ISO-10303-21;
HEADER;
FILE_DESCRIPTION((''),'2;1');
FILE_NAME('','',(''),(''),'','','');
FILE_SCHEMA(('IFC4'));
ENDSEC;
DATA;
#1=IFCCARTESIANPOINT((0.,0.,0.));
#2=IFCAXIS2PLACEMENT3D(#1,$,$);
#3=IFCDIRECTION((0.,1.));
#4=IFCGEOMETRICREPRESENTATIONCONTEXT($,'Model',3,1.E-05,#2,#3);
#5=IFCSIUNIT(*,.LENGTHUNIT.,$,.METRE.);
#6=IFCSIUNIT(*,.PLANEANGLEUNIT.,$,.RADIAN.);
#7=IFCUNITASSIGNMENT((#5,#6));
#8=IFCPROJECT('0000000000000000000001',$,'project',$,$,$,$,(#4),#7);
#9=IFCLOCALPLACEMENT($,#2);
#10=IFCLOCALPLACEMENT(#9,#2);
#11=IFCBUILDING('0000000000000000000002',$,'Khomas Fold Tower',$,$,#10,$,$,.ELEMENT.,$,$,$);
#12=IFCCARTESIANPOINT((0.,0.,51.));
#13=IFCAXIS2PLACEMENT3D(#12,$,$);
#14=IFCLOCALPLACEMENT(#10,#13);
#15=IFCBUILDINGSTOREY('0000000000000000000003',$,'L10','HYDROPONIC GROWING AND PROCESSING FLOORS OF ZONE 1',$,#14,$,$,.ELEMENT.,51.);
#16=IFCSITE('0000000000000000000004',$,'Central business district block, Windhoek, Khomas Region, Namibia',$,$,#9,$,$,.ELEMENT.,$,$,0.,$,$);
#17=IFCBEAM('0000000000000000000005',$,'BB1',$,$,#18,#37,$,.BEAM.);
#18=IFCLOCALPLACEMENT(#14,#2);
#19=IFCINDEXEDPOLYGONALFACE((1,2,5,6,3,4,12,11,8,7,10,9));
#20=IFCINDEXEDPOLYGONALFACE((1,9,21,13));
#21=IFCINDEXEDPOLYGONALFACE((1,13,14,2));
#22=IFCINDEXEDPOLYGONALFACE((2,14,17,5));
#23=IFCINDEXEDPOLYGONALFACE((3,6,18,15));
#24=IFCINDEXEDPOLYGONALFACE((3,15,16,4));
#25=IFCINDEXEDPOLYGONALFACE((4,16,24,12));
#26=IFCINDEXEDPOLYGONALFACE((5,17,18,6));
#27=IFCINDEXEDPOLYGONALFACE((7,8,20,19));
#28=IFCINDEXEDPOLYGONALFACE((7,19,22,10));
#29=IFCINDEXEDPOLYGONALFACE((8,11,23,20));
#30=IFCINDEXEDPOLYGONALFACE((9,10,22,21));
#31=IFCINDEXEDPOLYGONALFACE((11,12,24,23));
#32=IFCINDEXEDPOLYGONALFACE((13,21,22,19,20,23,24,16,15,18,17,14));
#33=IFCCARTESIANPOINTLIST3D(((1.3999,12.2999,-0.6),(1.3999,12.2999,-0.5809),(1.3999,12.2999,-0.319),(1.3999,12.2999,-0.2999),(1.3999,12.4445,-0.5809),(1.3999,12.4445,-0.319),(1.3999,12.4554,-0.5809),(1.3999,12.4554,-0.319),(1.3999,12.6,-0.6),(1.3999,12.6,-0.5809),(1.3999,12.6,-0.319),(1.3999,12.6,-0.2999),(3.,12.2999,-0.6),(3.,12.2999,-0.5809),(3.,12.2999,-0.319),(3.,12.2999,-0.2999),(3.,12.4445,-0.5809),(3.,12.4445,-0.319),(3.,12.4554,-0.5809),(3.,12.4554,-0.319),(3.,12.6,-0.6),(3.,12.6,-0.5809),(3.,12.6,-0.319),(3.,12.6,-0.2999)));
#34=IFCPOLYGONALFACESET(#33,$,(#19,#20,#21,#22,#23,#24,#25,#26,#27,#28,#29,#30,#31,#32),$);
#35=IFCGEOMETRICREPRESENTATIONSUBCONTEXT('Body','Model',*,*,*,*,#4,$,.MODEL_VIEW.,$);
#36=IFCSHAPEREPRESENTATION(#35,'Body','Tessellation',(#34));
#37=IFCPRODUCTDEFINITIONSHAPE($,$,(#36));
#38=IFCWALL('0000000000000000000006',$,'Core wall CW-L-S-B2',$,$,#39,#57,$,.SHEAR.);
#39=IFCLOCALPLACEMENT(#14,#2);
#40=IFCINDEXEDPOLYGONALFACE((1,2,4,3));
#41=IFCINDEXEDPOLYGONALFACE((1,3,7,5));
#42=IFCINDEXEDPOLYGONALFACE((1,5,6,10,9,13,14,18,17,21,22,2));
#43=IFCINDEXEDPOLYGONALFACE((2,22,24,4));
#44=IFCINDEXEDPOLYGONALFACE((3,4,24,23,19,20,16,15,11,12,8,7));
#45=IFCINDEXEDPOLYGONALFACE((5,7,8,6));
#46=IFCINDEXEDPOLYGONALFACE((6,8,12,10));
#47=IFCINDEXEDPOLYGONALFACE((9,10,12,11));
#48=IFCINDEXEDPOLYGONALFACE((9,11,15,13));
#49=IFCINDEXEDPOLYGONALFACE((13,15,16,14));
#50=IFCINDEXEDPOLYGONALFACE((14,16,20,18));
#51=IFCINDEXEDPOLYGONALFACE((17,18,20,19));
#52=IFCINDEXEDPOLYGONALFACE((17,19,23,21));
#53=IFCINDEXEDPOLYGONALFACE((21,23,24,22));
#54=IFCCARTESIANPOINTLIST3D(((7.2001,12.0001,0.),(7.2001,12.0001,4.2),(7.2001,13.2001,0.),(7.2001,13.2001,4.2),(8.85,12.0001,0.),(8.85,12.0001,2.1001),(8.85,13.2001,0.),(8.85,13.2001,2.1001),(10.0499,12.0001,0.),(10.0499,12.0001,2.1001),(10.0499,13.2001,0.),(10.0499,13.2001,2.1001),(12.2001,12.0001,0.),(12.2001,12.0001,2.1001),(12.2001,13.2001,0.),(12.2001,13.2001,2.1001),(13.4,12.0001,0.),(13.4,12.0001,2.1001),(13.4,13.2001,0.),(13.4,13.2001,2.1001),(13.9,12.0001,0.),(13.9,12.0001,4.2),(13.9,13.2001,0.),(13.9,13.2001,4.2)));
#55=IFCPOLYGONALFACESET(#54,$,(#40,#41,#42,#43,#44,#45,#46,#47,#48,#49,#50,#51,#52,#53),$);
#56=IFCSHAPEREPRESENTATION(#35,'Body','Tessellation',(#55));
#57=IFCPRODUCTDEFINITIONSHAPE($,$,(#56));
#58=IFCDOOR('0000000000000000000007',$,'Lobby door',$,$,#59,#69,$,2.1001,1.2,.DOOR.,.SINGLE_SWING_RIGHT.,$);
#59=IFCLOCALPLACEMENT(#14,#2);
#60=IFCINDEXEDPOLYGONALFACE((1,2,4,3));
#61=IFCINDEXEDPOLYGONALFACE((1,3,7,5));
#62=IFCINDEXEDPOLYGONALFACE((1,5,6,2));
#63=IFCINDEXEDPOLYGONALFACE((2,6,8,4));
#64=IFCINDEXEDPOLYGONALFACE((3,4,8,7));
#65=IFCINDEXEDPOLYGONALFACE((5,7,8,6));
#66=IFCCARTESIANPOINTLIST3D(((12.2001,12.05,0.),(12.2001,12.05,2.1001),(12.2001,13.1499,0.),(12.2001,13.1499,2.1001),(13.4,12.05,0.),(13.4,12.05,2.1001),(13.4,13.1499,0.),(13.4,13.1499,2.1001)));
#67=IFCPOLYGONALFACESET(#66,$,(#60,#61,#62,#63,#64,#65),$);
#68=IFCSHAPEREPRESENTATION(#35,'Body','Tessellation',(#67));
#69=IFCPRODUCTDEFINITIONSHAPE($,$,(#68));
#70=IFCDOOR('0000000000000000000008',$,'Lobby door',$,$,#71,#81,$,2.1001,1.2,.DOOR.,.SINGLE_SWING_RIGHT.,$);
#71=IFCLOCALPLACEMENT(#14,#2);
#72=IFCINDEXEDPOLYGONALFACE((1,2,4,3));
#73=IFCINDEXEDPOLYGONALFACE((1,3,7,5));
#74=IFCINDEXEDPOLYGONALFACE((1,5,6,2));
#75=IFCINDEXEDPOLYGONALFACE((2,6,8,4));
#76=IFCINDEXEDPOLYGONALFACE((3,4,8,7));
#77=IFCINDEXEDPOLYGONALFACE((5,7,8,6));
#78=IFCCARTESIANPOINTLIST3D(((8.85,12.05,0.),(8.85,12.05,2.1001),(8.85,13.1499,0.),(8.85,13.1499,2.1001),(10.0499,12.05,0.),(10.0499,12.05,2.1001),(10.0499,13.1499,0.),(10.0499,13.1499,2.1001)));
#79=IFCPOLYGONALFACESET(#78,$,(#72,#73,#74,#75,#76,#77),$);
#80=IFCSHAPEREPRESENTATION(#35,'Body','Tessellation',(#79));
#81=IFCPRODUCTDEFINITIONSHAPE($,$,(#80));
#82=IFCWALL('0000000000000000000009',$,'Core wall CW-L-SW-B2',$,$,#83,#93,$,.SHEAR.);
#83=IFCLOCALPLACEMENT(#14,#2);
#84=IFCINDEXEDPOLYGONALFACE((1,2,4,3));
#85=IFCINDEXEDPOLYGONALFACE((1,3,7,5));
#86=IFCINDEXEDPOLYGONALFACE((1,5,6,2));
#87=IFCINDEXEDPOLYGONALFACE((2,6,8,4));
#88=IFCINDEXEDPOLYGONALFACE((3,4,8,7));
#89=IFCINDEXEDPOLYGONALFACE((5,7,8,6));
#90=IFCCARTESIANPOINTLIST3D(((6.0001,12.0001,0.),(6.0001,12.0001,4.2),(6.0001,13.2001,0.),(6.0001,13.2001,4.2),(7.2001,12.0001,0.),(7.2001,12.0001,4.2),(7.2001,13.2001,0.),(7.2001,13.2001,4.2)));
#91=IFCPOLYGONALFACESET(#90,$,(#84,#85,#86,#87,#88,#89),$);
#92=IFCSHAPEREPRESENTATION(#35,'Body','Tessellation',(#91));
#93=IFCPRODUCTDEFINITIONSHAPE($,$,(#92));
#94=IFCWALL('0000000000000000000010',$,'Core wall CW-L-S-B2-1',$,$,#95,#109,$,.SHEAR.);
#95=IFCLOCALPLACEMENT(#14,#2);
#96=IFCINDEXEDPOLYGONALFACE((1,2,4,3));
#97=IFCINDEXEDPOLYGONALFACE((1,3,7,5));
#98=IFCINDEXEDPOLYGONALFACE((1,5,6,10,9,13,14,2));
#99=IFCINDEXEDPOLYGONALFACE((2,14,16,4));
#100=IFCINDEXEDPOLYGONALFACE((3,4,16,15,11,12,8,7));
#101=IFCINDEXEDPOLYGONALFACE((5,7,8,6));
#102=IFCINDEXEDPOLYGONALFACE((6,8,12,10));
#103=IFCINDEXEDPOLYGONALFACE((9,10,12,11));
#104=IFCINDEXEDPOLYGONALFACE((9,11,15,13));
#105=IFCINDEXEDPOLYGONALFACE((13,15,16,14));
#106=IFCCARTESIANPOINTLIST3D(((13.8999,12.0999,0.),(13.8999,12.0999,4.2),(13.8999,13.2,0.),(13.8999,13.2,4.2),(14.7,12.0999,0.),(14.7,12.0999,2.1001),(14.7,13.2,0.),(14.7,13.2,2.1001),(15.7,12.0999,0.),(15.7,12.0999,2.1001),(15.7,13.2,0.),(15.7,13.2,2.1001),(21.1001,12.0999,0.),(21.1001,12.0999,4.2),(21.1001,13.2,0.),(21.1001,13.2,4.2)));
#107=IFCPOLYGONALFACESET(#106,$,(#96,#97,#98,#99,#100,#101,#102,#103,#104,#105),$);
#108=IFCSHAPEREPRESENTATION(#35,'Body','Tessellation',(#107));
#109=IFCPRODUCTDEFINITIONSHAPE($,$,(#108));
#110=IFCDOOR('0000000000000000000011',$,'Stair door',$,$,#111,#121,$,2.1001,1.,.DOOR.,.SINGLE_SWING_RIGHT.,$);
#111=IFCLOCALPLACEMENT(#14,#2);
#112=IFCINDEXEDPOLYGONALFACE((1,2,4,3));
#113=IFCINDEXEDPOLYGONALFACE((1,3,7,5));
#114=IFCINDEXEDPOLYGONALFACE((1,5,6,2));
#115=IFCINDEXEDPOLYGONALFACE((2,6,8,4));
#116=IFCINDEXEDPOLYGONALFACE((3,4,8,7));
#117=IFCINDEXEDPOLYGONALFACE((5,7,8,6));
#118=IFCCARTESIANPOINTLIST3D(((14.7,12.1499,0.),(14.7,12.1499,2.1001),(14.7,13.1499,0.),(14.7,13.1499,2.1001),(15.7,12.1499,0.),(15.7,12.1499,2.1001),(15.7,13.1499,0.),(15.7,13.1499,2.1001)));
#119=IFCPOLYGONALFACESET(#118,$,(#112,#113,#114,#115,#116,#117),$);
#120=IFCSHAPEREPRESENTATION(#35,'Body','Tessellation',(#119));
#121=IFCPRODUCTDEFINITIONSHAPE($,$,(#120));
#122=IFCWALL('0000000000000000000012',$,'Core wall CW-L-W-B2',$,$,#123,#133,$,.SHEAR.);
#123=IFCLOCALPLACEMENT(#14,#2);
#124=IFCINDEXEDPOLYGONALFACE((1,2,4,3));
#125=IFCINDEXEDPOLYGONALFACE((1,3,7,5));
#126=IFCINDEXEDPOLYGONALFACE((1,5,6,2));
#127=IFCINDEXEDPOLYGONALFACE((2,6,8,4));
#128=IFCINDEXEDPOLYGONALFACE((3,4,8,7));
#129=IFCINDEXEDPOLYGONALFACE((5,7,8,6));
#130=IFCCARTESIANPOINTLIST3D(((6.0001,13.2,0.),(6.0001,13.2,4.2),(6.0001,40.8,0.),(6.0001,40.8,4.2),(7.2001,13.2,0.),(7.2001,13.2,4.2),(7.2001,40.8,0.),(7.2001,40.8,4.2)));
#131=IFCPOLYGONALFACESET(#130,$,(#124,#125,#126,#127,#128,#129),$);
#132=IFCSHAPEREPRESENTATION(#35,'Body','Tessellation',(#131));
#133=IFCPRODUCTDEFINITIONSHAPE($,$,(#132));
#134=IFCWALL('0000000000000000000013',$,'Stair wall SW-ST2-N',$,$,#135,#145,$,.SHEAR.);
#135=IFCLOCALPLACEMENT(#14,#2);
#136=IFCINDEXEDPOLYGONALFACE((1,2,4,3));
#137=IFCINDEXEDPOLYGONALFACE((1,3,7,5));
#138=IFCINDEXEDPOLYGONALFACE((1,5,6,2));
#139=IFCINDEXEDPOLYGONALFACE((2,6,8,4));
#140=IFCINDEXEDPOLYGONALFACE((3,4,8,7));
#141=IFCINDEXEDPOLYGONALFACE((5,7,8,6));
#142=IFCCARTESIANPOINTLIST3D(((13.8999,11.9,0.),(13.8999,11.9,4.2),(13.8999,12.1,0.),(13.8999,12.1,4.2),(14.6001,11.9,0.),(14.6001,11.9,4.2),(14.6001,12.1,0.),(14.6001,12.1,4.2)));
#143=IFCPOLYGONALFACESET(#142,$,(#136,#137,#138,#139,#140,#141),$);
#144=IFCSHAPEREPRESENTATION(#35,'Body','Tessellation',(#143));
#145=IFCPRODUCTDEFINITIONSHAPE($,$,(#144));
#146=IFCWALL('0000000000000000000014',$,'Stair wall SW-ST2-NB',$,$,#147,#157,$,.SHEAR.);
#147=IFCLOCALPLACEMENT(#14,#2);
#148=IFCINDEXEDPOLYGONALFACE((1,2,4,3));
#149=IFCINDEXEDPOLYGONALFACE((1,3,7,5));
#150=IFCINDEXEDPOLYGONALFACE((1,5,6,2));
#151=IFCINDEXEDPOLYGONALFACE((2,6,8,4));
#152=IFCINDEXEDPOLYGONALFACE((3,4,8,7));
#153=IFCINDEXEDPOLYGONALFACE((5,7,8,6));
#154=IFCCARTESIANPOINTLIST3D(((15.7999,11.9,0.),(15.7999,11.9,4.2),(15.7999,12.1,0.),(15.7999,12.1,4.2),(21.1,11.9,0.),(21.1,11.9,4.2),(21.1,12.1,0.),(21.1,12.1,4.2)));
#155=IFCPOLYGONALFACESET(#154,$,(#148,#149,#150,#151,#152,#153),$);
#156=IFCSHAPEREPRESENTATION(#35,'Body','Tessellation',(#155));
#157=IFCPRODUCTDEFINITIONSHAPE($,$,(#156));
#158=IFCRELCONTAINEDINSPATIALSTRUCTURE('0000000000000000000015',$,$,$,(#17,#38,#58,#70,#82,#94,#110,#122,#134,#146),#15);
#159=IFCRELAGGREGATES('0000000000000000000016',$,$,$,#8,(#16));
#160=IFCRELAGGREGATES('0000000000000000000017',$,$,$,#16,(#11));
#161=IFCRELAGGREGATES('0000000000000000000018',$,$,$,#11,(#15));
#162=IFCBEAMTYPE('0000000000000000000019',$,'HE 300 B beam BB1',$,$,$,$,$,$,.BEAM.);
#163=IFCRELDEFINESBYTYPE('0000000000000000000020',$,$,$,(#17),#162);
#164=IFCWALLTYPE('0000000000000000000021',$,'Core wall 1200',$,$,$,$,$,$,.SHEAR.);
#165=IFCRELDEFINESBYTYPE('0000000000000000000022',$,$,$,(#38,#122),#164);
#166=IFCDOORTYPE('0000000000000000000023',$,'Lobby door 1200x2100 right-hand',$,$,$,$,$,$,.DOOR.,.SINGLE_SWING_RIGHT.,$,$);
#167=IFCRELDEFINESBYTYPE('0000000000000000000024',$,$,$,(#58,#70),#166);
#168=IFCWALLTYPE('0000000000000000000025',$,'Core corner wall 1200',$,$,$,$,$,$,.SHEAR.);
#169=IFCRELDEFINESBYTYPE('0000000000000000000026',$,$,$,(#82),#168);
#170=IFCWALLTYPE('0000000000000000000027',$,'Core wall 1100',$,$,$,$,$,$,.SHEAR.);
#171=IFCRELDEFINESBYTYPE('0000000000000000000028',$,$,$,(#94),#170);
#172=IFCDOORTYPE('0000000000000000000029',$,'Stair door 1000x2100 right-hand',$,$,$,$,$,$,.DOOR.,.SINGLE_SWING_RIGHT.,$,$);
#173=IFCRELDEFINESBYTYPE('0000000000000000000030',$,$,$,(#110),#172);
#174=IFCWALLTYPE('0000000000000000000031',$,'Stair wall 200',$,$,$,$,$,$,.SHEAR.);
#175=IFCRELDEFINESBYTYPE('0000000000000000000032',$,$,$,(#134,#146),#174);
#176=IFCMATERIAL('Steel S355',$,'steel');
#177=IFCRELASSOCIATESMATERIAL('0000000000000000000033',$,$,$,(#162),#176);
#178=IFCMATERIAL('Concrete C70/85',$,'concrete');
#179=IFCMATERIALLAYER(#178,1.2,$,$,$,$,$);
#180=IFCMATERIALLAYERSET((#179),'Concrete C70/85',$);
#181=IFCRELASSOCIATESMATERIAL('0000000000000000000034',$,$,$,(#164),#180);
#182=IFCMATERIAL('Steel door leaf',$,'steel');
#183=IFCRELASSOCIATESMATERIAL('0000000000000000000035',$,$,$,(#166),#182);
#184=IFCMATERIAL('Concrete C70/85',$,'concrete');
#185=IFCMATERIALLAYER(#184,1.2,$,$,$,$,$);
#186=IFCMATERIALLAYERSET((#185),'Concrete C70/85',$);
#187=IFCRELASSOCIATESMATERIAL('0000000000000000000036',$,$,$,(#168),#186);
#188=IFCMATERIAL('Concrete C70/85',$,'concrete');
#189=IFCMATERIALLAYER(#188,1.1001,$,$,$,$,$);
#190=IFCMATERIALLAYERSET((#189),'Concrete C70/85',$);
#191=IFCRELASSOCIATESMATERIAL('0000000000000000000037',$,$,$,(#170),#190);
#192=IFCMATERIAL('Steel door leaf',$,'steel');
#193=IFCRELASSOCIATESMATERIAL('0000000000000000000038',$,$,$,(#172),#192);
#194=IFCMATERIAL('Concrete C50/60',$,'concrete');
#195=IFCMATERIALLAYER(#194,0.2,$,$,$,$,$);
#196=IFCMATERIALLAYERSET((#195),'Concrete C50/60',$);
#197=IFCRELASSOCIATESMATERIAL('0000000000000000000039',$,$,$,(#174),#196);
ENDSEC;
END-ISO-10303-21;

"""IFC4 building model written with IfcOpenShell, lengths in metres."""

from ifc_helpers import new_model, si_unit, direction, frame, frame_2d, origin, origin_2d, place, context, subcontext, project, spatial, rectangle, i_section, extrude, source, transform, mapped, material, layer, layer_set, material_profile, profile_set, type_object, element, fill, save


model = new_model("IFC4")

# Units and contexts
model_context = context("Model", 3, precision=1e-05, world=origin(), true_north=direction((0.0, 1.0)))
body_context = subcontext(model_context, "Body", "Model", "MODEL_VIEW")
ifc_project = project(units=[si_unit("LENGTHUNIT", "METRE"), si_unit("PLANEANGLEUNIT", "RADIAN")], contexts=[model_context])

# Site, building, storey
site_placement = place(None, origin())
site = spatial("IfcSite", under=ifc_project, at=site_placement, Name="Central business district block, Windhoek, Khomas Region, Namibia", CompositionType="ELEMENT", RefElevation=0.0)
building_placement = place(site_placement, origin())
building = spatial("IfcBuilding", under=site, at=building_placement, Name="Khomas Fold Tower", CompositionType="ELEMENT")
storey_placement = place(building_placement, frame((0.0, 0.0, 51.0)))
storey = spatial("IfcBuildingStorey", under=building, at=storey_placement, Name="L10", Description="HYDROPONIC GROWING AND PROCESSING FLOORS OF ZONE 1", CompositionType="ELEMENT", Elevation=51.0)

# Beam
ifc_material_1 = material(Name="Steel S355", Category="steel")
ifc_material_profile = material_profile(ifc_material_1, i_section(OverallWidth=0.3, OverallDepth=0.3, WebThickness=0.011, FlangeThickness=0.019, at=origin_2d()), Name="HE 300 B")
ifc_profile_set = profile_set([ifc_material_profile], Name="Steel S355")
beam_type = type_object("IfcBeamType", Name="HE 300 B beam BB1", PredefinedType="BEAM", material=ifc_profile_set)
shared_shape_1 = source(origin(), body_context, "Body", "SweptSolid", [
    extrude(i_section(OverallWidth=0.3, OverallDepth=0.3, WebThickness=0.011, FlangeThickness=0.019, at=origin_2d()), origin(), (0.0, 0.0, 1.0), 1.6001),
])
beam_placement = place(storey_placement, frame((1.3999, 12.45, -0.45), z_axis=(1.0, 0.0, 0.0), x_axis=(0.0, 1.0, 0.0)))
element("IfcBeam", 1, at=beam_placement, inside=storey, type_object=beam_type, Name="BB1", PredefinedType="BEAM", context=body_context, shape_type="MappedRepresentation", body=[
    mapped(shared_shape_1, transform((0.0, 0.0, 0.0))),
])

# Wall, openings, doors
ifc_material_2 = material(Name="Concrete C70/85", Category="concrete")
ifc_layer_1 = layer(ifc_material_2, 1.2)
ifc_layer_set_1 = layer_set([ifc_layer_1], Name="Concrete C70/85")
wall_type_1 = type_object("IfcWallType", Name="Core wall 1200", PredefinedType="SHEAR", material=ifc_layer_set_1)
shared_shape_2 = source(origin(), body_context, "Body", "SweptSolid", [
    extrude(rectangle(XDim=6.7, YDim=1.2, at=frame_2d((3.3501, 0.0))), origin(), (0.0, 0.0, 1.0), 4.2),
])
wall_1_placement = place(storey_placement, frame((7.2, 12.6001, 0.0), z_axis=(0.0, 0.0, 1.0), x_axis=(1.0, 0.0, 0.0)))
wall_1 = element("IfcWall", 2, at=wall_1_placement, inside=storey, type_object=wall_type_1, Name="Core wall CW-L-S-B2", PredefinedType="SHEAR", context=body_context, shape_type="MappedRepresentation", body=[
    mapped(shared_shape_2, transform((0.0, 0.0, 0.0))),
])
shared_shape_3 = source(origin(), body_context, "Body", "SweptSolid", [
    extrude(rectangle(XDim=1.2, YDim=2.1001, at=frame_2d((0.6001, 1.05))), frame((0.0, 0.6099, 0.0), z_axis=(0.0, -1.0, 0.0), x_axis=(1.0, 0.0, 0.0)), (0.0, 0.0, 1.0), 1.22),
])
opening_1_placement = place(wall_1_placement, frame((5.0, 0.0, 0.0)))
opening_1 = element("IfcOpeningElement", 3, at=opening_1_placement, cuts=wall_1, PredefinedType="OPENING", context=body_context, shape_type="MappedRepresentation", body=[
    mapped(shared_shape_3, transform((0.0, 0.0, 0.0))),
])
opening_2_placement = place(wall_1_placement, frame((1.6499, 0.0, 0.0)))
opening_2 = element("IfcOpeningElement", 4, at=opening_2_placement, cuts=wall_1, PredefinedType="OPENING", context=body_context, shape_type="MappedRepresentation", body=[
    mapped(shared_shape_3, transform((0.0, 0.0, 0.0))),
])
ifc_material_3 = material(Name="Steel door leaf", Category="steel")
door_type_1 = type_object("IfcDoorType", Name="Lobby door 1200x2100 right-hand", OperationType="SINGLE_SWING_RIGHT", PredefinedType="DOOR", material=ifc_material_3)
shared_shape_4 = source(origin(), body_context, "Body", "SweptSolid", [
    extrude(rectangle(XDim=1.2, YDim=2.1001, at=frame_2d((0.6001, 1.05))), frame((0.0, 0.5498, 0.0), z_axis=(0.0, -1.0, 0.0), x_axis=(1.0, 0.0, 0.0)), (0.0, 0.0, 1.0), 1.0999),
])
door_1_placement = place(opening_1_placement, origin())
door_1 = element("IfcDoor", 5, at=door_1_placement, inside=storey, type_object=door_type_1, Name="Lobby door", OperationType="SINGLE_SWING_RIGHT", OverallHeight=2.1001, OverallWidth=1.2, PredefinedType="DOOR", context=body_context, shape_type="MappedRepresentation", body=[
    mapped(shared_shape_4, transform((0.0, 0.0, 0.0))),
])
fill(opening_1, door_1)
door_2_placement = place(opening_2_placement, origin())
door_2 = element("IfcDoor", 6, at=door_2_placement, inside=storey, type_object=door_type_1, Name="Lobby door", OperationType="SINGLE_SWING_RIGHT", OverallHeight=2.1001, OverallWidth=1.2, PredefinedType="DOOR", context=body_context, shape_type="MappedRepresentation", body=[
    mapped(shared_shape_4, transform((0.0, 0.0, 0.0))),
])
fill(opening_2, door_2)

# Wall
ifc_material_4 = material(Name="Concrete C70/85", Category="concrete")
ifc_layer_2 = layer(ifc_material_4, 1.2)
ifc_layer_set_2 = layer_set([ifc_layer_2], Name="Concrete C70/85")
wall_type_2 = type_object("IfcWallType", Name="Core corner wall 1200", PredefinedType="SHEAR", material=ifc_layer_set_2)
shared_shape_5 = source(origin(), body_context, "Body", "SweptSolid", [
    extrude(rectangle(XDim=1.2, YDim=1.2, at=frame_2d((0.6001, 0.0))), origin(), (0.0, 0.0, 1.0), 4.2),
])
wall_2_placement = place(storey_placement, frame((6.0, 12.6001, 0.0), z_axis=(0.0, 0.0, 1.0), x_axis=(1.0, 0.0, 0.0)))
element("IfcWall", 7, at=wall_2_placement, inside=storey, type_object=wall_type_2, Name="Core wall CW-L-SW-B2", PredefinedType="SHEAR", context=body_context, shape_type="MappedRepresentation", body=[
    mapped(shared_shape_5, transform((0.0, 0.0, 0.0))),
])

# Wall, opening, door
ifc_material_5 = material(Name="Concrete C70/85", Category="concrete")
ifc_layer_3 = layer(ifc_material_5, 1.1001)
ifc_layer_set_3 = layer_set([ifc_layer_3], Name="Concrete C70/85")
wall_type_3 = type_object("IfcWallType", Name="Core wall 1100", PredefinedType="SHEAR", material=ifc_layer_set_3)
shared_shape_6 = source(origin(), body_context, "Body", "SweptSolid", [
    extrude(rectangle(XDim=7.2002, YDim=1.1001, at=frame_2d((3.6001, 0.0))), origin(), (0.0, 0.0, 1.0), 4.2),
])
wall_3_placement = place(storey_placement, frame((13.8999, 12.6499, 0.0), z_axis=(0.0, 0.0, 1.0), x_axis=(1.0, 0.0, 0.0)))
wall_3 = element("IfcWall", 8, at=wall_3_placement, inside=storey, type_object=wall_type_3, Name="Core wall CW-L-S-B2-1", PredefinedType="SHEAR", context=body_context, shape_type="MappedRepresentation", body=[
    mapped(shared_shape_6, transform((0.0, 0.0, 0.0))),
])
shared_shape_7 = source(origin(), body_context, "Body", "SweptSolid", [
    extrude(rectangle(XDim=1.0, YDim=2.1001, at=frame_2d((0.5, 1.05))), frame((0.0, 0.5601, 0.0), z_axis=(0.0, -1.0, 0.0), x_axis=(1.0, 0.0, 0.0)), (0.0, 0.0, 1.0), 1.1201),
])
opening_3_placement = place(wall_3_placement, frame((0.8, 0.0, 0.0)))
opening_3 = element("IfcOpeningElement", 9, at=opening_3_placement, cuts=wall_3, PredefinedType="OPENING", context=body_context, shape_type="MappedRepresentation", body=[
    mapped(shared_shape_7, transform((0.0, 0.0, 0.0))),
])
ifc_material_6 = material(Name="Steel door leaf", Category="steel")
door_type_2 = type_object("IfcDoorType", Name="Stair door 1000x2100 right-hand", OperationType="SINGLE_SWING_RIGHT", PredefinedType="DOOR", material=ifc_material_6)
shared_shape_8 = source(origin(), body_context, "Body", "SweptSolid", [
    extrude(rectangle(XDim=1.0, YDim=2.1001, at=frame_2d((0.5, 1.05))), frame((0.0, 0.5, 0.0), z_axis=(0.0, -1.0, 0.0), x_axis=(1.0, 0.0, 0.0)), (0.0, 0.0, 1.0), 1.0),
])
door_3_placement = place(opening_3_placement, origin())
door_3 = element("IfcDoor", 10, at=door_3_placement, inside=storey, type_object=door_type_2, Name="Stair door", OperationType="SINGLE_SWING_RIGHT", OverallHeight=2.1001, OverallWidth=1.0, PredefinedType="DOOR", context=body_context, shape_type="MappedRepresentation", body=[
    mapped(shared_shape_8, transform((0.0, 0.0, 0.0))),
])
fill(opening_3, door_3)

# Walls
shared_shape_9 = source(origin(), body_context, "Body", "SweptSolid", [
    extrude(rectangle(XDim=27.6001, YDim=1.2, at=frame_2d((13.8, 0.0))), origin(), (0.0, 0.0, 1.0), 4.2),
])
wall_4_placement = place(storey_placement, frame((6.6001, 13.2, 0.0), z_axis=(0.0, 0.0, 1.0), x_axis=(0.0, 1.0, 0.0)))
element("IfcWall", 11, at=wall_4_placement, inside=storey, type_object=wall_type_1, Name="Core wall CW-L-W-B2", PredefinedType="SHEAR", context=body_context, shape_type="MappedRepresentation", body=[
    mapped(shared_shape_9, transform((0.0, 0.0, 0.0))),
])
ifc_material_7 = material(Name="Concrete C50/60", Category="concrete")
ifc_layer_4 = layer(ifc_material_7, 0.2)
ifc_layer_set_4 = layer_set([ifc_layer_4], Name="Concrete C50/60")
wall_type_4 = type_object("IfcWallType", Name="Stair wall 200", PredefinedType="SHEAR", material=ifc_layer_set_4)
shared_shape_10 = source(origin(), body_context, "Body", "SweptSolid", [
    extrude(rectangle(XDim=0.7002, YDim=0.2, at=frame_2d((0.3501, 0.0))), origin(), (0.0, 0.0, 1.0), 4.2),
])
wall_5_placement = place(storey_placement, frame((13.8999, 12.0, 0.0), z_axis=(0.0, 0.0, 1.0), x_axis=(1.0, 0.0, 0.0)))
element("IfcWall", 12, at=wall_5_placement, inside=storey, type_object=wall_type_4, Name="Stair wall SW-ST2-N", PredefinedType="SHEAR", context=body_context, shape_type="MappedRepresentation", body=[
    mapped(shared_shape_10, transform((0.0, 0.0, 0.0))),
])
shared_shape_11 = source(origin(), body_context, "Body", "SweptSolid", [
    extrude(rectangle(XDim=5.3, YDim=0.2, at=frame_2d((2.6499, 0.0))), origin(), (0.0, 0.0, 1.0), 4.2),
])
wall_6_placement = place(storey_placement, frame((15.8, 12.0, 0.0), z_axis=(0.0, 0.0, 1.0), x_axis=(1.0, 0.0, 0.0)))
element("IfcWall", 13, at=wall_6_placement, inside=storey, type_object=wall_type_4, Name="Stair wall SW-ST2-NB", PredefinedType="SHEAR", context=body_context, shape_type="MappedRepresentation", body=[
    mapped(shared_shape_11, transform((0.0, 0.0, 0.0))),
])

save(model, "model.ifc")
